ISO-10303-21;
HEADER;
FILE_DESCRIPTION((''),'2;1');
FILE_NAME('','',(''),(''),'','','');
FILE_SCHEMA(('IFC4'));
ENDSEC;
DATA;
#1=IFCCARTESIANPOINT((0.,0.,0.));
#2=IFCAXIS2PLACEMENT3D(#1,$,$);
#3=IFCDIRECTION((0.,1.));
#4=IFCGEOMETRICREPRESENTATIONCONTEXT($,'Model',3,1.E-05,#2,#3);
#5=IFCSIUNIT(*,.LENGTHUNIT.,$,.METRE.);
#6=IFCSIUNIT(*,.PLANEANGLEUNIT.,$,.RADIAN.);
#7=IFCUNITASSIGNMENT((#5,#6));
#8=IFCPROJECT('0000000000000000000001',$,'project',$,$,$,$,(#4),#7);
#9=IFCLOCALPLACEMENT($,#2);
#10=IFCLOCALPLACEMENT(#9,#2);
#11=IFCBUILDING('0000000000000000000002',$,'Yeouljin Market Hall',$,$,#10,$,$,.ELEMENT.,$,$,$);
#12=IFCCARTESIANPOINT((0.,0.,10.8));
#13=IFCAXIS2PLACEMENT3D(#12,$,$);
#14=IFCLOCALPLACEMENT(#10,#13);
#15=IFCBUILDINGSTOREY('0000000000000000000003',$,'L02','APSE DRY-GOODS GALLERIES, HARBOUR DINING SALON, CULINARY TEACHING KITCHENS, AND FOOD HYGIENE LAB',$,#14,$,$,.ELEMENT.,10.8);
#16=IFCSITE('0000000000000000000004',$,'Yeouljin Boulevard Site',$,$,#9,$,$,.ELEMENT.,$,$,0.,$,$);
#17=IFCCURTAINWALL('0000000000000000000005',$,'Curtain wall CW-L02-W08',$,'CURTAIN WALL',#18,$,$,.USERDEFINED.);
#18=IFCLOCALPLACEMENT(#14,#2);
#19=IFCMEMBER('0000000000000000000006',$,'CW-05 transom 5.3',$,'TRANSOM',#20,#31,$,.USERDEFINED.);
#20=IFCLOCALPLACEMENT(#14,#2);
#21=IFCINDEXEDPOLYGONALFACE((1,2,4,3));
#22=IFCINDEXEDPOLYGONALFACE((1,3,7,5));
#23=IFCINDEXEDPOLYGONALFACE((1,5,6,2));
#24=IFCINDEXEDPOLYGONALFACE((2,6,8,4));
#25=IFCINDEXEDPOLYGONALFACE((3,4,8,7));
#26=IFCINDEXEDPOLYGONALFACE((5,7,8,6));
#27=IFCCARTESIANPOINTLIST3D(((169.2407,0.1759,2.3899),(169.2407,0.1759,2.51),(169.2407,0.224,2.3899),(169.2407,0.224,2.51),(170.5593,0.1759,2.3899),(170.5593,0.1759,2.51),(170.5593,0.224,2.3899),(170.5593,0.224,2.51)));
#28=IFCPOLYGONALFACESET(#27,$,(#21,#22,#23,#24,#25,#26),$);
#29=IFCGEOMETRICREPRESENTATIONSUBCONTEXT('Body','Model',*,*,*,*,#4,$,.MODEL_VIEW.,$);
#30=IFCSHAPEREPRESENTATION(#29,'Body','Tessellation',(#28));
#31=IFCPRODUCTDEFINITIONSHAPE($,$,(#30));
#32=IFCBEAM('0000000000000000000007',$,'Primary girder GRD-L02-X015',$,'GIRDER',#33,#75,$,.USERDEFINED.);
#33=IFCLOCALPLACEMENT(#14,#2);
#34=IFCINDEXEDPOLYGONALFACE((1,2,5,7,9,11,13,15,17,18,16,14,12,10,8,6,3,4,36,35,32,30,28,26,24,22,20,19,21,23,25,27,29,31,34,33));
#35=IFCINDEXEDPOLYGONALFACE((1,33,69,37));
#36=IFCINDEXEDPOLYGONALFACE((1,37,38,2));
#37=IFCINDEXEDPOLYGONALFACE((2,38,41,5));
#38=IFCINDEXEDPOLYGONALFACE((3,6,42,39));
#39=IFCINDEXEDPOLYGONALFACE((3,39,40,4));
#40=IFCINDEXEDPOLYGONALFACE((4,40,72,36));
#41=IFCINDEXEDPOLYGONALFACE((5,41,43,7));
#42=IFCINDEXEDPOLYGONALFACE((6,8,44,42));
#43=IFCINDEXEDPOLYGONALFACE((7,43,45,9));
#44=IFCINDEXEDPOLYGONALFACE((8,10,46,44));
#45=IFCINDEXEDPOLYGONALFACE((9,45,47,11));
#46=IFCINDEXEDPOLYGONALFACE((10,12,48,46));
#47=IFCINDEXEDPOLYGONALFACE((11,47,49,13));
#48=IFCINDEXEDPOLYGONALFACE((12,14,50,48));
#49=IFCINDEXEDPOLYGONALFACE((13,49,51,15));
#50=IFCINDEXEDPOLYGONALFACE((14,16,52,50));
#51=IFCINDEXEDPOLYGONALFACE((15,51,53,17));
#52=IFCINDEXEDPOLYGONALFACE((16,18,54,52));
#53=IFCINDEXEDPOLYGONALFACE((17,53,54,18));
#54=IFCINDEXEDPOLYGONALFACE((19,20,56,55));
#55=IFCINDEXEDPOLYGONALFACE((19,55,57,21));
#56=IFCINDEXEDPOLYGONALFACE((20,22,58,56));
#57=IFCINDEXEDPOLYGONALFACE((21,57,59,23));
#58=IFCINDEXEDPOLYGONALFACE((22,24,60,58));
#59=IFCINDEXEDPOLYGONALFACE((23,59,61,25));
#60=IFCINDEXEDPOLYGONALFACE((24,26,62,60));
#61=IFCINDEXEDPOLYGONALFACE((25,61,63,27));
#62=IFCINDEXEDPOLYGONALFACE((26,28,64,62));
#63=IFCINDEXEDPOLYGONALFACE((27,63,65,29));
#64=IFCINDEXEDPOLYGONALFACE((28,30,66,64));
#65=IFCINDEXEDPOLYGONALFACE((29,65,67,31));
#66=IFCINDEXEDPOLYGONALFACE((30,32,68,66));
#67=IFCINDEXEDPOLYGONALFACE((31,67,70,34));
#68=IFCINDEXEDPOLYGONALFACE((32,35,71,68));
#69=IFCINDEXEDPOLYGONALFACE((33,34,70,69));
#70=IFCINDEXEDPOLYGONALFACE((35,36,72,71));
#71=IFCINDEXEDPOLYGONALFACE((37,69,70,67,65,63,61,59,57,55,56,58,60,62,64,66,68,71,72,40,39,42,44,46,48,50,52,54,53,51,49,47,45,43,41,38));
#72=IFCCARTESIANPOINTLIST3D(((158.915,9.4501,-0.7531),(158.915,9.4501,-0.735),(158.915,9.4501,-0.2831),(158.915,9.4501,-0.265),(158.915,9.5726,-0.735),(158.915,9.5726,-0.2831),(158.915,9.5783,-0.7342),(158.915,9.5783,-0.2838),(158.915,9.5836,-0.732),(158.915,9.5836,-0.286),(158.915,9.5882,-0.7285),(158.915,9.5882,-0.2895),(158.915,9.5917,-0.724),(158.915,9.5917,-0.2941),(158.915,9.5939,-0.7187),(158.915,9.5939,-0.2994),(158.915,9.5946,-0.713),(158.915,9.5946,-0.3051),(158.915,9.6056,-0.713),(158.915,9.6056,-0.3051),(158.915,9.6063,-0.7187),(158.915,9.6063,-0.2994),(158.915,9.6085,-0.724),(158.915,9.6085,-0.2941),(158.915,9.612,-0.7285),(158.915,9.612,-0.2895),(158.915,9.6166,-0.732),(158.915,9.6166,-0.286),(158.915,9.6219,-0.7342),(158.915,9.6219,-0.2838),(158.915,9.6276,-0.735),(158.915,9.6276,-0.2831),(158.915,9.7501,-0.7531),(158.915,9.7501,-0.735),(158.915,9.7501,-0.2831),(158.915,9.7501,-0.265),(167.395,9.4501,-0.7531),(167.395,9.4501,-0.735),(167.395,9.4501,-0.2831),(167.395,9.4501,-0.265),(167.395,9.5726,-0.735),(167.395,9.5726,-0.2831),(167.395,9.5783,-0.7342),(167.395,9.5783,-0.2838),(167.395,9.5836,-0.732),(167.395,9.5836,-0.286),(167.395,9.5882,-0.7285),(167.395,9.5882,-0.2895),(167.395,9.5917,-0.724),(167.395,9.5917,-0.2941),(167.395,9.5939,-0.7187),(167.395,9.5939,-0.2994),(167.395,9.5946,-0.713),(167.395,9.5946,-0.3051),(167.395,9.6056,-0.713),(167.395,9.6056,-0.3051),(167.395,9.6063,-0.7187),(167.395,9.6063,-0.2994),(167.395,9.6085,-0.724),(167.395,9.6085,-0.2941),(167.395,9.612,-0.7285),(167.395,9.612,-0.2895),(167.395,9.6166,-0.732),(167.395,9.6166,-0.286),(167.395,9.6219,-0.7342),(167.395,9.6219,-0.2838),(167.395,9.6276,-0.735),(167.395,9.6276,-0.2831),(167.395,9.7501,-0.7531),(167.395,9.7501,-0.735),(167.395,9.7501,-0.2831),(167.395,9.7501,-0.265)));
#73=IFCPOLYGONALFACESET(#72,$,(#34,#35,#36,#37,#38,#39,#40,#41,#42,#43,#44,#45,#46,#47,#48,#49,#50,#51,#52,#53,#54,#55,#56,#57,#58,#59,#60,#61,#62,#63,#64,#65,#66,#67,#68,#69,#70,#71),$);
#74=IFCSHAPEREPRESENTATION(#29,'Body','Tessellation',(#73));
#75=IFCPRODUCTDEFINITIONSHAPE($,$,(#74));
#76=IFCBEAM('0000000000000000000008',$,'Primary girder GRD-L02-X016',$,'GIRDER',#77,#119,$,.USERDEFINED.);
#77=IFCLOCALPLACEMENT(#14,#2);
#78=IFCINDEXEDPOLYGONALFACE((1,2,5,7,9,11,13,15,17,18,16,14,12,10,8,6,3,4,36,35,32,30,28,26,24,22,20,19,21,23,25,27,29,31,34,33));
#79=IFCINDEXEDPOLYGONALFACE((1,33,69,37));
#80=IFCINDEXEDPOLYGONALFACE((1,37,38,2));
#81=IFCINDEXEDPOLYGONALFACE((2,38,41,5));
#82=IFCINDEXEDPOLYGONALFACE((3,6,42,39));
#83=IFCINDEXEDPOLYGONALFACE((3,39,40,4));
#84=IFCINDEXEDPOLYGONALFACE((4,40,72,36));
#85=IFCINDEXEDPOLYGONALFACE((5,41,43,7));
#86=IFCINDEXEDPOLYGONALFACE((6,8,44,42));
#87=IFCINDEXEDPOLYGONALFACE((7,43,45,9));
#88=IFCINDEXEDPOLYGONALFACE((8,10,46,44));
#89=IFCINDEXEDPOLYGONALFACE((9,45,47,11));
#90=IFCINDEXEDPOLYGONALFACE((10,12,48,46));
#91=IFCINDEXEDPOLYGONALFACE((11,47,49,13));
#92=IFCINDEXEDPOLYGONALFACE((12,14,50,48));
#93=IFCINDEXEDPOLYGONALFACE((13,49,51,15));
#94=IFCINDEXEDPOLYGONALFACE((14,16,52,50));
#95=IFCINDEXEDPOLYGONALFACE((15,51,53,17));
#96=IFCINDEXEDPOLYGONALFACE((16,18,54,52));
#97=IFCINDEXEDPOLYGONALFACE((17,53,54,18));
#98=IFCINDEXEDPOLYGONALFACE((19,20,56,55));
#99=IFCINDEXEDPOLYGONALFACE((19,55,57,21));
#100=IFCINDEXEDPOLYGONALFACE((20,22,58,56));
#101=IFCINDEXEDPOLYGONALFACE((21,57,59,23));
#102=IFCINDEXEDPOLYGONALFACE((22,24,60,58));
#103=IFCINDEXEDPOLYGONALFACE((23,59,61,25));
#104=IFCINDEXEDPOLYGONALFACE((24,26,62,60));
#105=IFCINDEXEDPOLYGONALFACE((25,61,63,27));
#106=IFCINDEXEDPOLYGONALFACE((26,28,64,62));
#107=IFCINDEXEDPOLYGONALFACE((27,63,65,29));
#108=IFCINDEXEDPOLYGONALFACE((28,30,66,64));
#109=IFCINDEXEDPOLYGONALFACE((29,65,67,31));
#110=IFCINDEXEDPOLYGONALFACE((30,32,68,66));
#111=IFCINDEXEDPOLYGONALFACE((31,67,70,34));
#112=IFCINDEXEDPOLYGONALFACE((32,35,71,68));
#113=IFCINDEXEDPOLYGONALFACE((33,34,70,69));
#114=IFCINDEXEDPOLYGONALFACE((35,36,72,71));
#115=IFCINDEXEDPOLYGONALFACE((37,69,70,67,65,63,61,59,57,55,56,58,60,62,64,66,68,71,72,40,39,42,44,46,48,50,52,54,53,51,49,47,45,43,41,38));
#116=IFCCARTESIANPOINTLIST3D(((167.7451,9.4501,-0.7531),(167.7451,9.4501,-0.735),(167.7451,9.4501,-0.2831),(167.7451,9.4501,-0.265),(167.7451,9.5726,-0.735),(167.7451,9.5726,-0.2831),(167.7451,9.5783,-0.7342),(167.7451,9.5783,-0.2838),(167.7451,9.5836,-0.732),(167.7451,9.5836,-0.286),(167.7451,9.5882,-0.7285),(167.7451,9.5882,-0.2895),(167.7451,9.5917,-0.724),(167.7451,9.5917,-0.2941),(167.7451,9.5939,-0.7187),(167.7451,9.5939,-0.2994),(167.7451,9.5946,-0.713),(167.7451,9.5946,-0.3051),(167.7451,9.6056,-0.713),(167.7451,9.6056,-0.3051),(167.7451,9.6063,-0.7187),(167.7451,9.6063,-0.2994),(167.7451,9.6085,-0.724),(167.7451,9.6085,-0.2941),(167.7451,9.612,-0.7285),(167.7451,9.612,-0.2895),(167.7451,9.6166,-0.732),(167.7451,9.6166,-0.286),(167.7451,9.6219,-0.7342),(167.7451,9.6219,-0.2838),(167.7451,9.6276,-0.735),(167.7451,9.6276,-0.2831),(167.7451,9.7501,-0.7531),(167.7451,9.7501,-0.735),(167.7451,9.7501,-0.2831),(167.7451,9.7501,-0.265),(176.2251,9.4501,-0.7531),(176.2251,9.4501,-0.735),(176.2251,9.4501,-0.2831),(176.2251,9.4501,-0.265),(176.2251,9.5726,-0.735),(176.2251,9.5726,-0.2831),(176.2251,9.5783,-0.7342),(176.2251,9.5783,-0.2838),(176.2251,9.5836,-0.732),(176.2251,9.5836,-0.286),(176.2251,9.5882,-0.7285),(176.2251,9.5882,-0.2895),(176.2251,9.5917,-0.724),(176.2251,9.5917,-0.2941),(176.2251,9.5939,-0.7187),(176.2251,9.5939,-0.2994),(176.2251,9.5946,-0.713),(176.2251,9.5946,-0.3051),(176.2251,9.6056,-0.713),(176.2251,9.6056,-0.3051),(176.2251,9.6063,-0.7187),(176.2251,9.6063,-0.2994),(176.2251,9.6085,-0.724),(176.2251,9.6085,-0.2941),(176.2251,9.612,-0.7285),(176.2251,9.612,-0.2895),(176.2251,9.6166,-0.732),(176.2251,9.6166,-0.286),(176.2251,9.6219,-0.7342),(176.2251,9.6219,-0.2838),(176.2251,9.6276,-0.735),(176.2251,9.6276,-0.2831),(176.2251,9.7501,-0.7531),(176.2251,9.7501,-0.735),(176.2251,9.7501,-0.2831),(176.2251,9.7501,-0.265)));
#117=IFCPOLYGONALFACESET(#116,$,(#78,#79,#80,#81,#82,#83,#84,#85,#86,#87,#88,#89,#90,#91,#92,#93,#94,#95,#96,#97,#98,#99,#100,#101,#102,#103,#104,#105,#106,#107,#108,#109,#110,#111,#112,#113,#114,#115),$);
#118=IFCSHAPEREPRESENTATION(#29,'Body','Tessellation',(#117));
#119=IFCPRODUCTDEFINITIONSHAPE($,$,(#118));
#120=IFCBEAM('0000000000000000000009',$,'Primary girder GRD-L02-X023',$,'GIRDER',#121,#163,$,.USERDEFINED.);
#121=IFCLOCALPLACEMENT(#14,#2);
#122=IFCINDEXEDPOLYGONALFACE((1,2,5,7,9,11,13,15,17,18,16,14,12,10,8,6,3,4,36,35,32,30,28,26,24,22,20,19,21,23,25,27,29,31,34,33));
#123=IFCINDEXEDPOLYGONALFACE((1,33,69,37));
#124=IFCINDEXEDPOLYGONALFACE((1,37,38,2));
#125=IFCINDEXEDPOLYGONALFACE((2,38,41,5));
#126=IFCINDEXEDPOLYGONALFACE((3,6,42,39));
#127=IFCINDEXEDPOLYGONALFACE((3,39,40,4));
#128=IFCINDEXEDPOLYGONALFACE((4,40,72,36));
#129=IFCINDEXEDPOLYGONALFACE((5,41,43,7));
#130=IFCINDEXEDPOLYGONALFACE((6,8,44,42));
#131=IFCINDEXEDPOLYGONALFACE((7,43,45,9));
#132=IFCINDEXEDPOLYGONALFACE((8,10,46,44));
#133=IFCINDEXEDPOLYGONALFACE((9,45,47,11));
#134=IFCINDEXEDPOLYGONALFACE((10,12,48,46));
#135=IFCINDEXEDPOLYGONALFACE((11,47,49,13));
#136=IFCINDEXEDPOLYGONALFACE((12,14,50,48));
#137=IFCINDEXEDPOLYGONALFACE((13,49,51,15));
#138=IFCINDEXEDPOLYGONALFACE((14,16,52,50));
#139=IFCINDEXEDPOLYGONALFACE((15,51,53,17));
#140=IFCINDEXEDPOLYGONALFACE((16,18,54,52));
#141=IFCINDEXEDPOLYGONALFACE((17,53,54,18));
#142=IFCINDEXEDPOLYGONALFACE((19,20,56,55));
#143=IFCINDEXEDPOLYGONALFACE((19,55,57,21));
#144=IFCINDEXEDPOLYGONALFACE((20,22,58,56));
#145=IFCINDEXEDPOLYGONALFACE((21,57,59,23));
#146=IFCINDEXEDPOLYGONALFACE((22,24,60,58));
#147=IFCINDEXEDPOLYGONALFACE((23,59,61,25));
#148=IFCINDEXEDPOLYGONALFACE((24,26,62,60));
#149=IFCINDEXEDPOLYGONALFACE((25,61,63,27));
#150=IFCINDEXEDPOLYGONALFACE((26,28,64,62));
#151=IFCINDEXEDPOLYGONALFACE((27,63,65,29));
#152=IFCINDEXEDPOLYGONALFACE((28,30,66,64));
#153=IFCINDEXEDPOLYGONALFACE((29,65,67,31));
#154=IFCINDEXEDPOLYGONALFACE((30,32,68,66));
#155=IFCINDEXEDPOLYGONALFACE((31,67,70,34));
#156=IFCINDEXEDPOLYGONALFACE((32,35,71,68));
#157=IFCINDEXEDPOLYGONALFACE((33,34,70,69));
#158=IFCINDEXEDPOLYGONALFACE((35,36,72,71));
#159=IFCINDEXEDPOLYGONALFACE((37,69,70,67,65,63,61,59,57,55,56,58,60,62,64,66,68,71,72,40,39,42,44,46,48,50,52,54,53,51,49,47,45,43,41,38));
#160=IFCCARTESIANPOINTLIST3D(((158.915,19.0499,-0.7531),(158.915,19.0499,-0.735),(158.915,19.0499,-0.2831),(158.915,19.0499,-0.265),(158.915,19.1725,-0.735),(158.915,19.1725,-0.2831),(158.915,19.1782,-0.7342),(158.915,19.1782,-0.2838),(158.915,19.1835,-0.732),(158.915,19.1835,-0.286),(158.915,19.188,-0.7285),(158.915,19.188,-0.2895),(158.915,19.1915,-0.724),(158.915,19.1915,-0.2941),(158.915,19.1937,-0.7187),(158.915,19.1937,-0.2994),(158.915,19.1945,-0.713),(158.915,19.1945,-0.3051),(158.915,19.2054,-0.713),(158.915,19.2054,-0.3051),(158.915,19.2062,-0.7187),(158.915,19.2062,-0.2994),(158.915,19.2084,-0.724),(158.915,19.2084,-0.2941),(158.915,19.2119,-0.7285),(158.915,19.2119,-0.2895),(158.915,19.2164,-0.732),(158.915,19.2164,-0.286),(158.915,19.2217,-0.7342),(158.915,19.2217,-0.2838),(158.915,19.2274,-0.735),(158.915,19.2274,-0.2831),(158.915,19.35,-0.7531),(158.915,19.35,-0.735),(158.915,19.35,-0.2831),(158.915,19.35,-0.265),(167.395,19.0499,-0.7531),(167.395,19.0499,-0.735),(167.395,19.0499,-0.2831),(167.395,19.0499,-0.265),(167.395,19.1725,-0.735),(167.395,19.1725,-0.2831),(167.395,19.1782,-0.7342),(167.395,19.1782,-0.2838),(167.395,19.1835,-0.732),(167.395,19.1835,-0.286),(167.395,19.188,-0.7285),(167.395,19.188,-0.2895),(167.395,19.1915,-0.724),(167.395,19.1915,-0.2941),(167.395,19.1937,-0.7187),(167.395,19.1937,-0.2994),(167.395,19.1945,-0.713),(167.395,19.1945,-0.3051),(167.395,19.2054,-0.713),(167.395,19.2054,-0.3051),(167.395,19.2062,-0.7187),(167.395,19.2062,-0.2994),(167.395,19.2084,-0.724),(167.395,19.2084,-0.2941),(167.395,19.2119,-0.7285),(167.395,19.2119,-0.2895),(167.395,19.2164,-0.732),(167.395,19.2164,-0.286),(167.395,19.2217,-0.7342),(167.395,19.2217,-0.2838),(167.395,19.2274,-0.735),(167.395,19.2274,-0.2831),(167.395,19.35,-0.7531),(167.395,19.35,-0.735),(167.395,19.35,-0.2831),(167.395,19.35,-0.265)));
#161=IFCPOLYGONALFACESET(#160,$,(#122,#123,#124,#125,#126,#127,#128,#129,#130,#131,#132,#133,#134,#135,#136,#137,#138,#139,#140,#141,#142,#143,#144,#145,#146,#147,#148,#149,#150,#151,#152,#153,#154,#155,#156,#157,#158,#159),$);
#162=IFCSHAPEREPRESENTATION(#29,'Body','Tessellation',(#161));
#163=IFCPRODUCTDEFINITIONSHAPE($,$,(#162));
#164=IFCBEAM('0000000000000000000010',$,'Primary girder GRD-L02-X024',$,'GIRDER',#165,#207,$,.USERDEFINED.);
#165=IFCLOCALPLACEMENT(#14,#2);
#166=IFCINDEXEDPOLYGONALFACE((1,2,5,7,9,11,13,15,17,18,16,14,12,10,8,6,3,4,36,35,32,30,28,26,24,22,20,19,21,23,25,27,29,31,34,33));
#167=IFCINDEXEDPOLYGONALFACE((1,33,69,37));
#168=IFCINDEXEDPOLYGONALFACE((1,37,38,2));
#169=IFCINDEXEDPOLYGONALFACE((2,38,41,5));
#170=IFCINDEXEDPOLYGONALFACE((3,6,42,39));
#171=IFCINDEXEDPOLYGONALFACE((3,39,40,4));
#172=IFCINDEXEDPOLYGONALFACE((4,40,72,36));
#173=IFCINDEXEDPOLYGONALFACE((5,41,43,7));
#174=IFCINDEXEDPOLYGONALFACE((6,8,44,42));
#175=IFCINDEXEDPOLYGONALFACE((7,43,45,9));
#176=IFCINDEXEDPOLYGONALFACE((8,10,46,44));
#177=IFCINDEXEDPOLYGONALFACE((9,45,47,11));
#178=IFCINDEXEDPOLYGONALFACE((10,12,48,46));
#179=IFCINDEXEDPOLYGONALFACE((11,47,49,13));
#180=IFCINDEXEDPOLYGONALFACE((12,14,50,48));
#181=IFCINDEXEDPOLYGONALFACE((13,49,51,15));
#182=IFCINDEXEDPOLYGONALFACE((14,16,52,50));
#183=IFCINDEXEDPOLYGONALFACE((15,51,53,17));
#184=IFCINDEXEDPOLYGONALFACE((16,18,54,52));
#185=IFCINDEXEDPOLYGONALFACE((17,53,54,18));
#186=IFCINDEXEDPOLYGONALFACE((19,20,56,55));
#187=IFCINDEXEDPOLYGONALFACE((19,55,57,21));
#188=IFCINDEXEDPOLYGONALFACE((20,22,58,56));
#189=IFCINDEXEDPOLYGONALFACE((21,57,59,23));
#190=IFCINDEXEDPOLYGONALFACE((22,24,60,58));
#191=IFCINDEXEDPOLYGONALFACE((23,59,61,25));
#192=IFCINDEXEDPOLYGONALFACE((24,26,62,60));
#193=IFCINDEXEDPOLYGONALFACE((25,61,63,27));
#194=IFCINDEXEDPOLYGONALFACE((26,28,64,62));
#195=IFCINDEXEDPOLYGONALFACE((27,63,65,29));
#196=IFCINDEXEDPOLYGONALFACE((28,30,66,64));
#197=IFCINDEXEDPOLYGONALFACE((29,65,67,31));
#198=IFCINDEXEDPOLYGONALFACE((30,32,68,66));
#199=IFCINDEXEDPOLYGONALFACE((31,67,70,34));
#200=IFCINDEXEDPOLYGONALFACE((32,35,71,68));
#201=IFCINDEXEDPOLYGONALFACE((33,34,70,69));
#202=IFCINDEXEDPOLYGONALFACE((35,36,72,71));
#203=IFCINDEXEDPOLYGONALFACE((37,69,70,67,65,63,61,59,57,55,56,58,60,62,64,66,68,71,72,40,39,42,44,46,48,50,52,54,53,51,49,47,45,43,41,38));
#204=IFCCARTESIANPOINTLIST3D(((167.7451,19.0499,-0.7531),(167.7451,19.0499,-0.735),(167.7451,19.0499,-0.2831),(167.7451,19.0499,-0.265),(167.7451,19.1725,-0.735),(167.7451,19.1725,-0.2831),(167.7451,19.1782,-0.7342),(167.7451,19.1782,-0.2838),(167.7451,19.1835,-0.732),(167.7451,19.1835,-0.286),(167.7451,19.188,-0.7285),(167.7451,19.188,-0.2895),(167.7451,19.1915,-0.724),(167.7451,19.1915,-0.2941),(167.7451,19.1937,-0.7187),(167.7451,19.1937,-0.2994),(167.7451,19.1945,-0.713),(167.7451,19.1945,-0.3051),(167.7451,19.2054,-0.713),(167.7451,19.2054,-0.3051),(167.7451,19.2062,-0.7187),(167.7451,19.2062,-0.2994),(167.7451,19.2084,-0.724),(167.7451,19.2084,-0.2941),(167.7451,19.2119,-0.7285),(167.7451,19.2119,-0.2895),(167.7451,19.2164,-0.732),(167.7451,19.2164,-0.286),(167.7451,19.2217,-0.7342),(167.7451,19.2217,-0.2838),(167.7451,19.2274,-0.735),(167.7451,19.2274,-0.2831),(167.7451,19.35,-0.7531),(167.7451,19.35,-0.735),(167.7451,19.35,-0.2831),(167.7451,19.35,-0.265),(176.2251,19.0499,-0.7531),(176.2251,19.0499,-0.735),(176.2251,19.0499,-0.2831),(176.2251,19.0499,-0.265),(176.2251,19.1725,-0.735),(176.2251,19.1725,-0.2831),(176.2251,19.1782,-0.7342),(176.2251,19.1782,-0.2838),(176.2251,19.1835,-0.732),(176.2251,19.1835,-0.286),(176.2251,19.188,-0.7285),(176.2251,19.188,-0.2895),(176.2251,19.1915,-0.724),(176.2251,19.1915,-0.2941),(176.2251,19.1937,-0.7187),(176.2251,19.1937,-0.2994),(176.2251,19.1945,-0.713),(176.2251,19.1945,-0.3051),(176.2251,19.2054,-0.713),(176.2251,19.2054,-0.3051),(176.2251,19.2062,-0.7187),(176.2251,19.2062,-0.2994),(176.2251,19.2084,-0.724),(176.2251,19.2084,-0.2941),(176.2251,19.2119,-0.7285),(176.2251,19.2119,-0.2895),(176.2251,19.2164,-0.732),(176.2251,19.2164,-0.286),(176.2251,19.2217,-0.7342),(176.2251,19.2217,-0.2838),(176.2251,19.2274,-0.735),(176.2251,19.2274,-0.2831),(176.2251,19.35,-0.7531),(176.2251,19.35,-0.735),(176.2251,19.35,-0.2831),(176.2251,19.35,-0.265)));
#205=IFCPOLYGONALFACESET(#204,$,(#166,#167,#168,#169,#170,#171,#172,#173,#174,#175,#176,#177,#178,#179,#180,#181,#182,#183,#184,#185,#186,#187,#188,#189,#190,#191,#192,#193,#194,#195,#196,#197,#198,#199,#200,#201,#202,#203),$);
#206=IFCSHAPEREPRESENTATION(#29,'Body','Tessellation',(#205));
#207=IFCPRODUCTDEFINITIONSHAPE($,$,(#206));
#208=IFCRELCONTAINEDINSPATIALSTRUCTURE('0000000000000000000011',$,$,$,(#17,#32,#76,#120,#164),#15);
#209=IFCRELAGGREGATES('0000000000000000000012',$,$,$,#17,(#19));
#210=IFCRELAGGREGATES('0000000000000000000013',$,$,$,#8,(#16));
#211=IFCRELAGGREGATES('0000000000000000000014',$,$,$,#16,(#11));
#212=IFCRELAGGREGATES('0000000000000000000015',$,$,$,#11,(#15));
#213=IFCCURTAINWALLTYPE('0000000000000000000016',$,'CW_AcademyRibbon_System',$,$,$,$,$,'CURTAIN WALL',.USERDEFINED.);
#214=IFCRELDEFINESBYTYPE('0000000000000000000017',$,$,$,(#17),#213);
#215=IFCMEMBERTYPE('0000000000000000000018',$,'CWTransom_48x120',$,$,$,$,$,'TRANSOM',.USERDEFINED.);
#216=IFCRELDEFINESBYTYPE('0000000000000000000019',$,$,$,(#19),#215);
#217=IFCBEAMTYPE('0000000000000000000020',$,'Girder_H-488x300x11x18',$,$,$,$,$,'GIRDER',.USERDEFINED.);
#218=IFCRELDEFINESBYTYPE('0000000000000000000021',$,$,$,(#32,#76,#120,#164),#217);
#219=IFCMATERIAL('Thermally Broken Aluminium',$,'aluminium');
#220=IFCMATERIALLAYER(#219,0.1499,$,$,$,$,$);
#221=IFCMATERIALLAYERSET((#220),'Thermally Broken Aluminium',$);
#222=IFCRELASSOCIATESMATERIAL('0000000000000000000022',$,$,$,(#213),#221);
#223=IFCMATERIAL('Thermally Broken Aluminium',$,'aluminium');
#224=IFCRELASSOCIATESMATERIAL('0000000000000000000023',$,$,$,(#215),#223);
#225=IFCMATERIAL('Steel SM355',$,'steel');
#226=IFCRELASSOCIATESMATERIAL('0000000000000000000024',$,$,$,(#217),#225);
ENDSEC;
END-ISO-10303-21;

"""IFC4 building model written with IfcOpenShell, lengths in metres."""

from ifc_helpers import new_model, si_unit, direction, frame, origin, origin_2d, place, context, subcontext, project, spatial, rectangle, i_section, extrude, material, layer, layer_set, material_profile, profile_set, type_object, element, aggregate, save


model = new_model("IFC4")

# Units and contexts
model_context = context("Model", 3, precision=1e-05, world=origin(), true_north=direction((0.0, 1.0)))
body_context = subcontext(model_context, "Body", "Model", "MODEL_VIEW")
ifc_project = project(units=[si_unit("LENGTHUNIT", "METRE"), si_unit("PLANEANGLEUNIT", "RADIAN")], contexts=[model_context])

# Site, building, storey
site_placement = place(None, origin())
site = spatial("IfcSite", under=ifc_project, at=site_placement, Name="Yeouljin Boulevard Site", CompositionType="ELEMENT", RefElevation=0.0)
building_placement = place(site_placement, origin())
building = spatial("IfcBuilding", under=site, at=building_placement, Name="Yeouljin Market Hall", CompositionType="ELEMENT")
storey_placement = place(building_placement, frame((0.0, 0.0, 10.8)))
storey = spatial("IfcBuildingStorey", under=building, at=storey_placement, Name="L02", Description="APSE DRY-GOODS GALLERIES, HARBOUR DINING SALON, CULINARY TEACHING KITCHENS, AND FOOD HYGIENE LAB", CompositionType="ELEMENT", Elevation=10.8)

# Curtain wall, member
ifc_material_1 = material(Name="Thermally Broken Aluminium", Category="aluminium")
ifc_layer_1 = layer(ifc_material_1, 0.1499)
ifc_layer_set_1 = layer_set([ifc_layer_1], Name="Thermally Broken Aluminium")
curtain_wall_type = type_object("IfcCurtainWallType", Name="CW_AcademyRibbon_System", ElementType="CURTAIN WALL", PredefinedType="USERDEFINED", material=ifc_layer_set_1)
curtain_wall_placement = place(storey_placement, origin())
curtain_wall = element("IfcCurtainWall", 1, at=curtain_wall_placement, inside=storey, type_object=curtain_wall_type, Name="Curtain wall CW-L02-W08", ObjectType="CURTAIN WALL", PredefinedType="USERDEFINED")
ifc_material_2 = material(Name="Thermally Broken Aluminium", Category="aluminium")
ifc_material_profile_1 = material_profile(ifc_material_2, rectangle(XDim=0.0481, YDim=0.1201, at=origin_2d()), Name="CW-TRAN-48x120")
ifc_profile_set_1 = profile_set([ifc_material_profile_1], Name="Thermally Broken Aluminium")
member_type = type_object("IfcMemberType", Name="CWTransom_48x120", ElementType="TRANSOM", PredefinedType="USERDEFINED", material=ifc_profile_set_1)
member_1_placement = place(storey_placement, frame((170.5593, 0.2, 2.45), z_axis=(-1.0, 0.0, 0.0), x_axis=(0.0, -1.0, 0.0)))
member_1 = element("IfcMember", 2, at=member_1_placement, type_object=member_type, Name="CW-05 transom 5.3", ObjectType="TRANSOM", PredefinedType="USERDEFINED", context=body_context, shape_type="SweptSolid", body=[
    extrude(rectangle(XDim=0.0481, YDim=0.1201, at=origin_2d()), origin(), (0.0, 0.0, 1.0), 1.3186),
])
aggregate(curtain_wall, [member_1])

# Beams
ifc_material_3 = material(Name="Steel SM355", Category="steel")
ifc_material_profile_2 = material_profile(ifc_material_3, i_section(OverallWidth=0.3, OverallDepth=0.488, WebThickness=0.011, FlangeThickness=0.0181, FilletRadius=0.022, at=origin_2d()), Name="H-488x300x11x18")
ifc_profile_set_2 = profile_set([ifc_material_profile_2], Name="Steel SM355")
beam_type_1 = type_object("IfcBeamType", Name="Girder_H-488x300x11x18", ElementType="GIRDER", PredefinedType="USERDEFINED", material=ifc_profile_set_2)
for number, where, z_axis, x_axis, name in (
    (3, (158.915, 9.6001, -0.509), (1.0, 0.0, 0.0), (0.0, 1.0, 0.0), "Primary girder GRD-L02-X015"),
    (4, (167.7451, 9.6001, -0.509), (1.0, 0.0, 0.0), (0.0, 1.0, 0.0), "Primary girder GRD-L02-X016"),
    (5, (158.915, 19.2, -0.509), (1.0, 0.0, 0.0), (0.0, 1.0, 0.0), "Primary girder GRD-L02-X023"),
    (6, (167.7451, 19.2, -0.509), (1.0, 0.0, 0.0), (0.0, 1.0, 0.0), "Primary girder GRD-L02-X024"),
):
    element("IfcBeam", number, at=place(storey_placement, frame(where, z_axis=z_axis, x_axis=x_axis)), inside=storey, type_object=beam_type_1, Name=name, ObjectType="GIRDER", PredefinedType="USERDEFINED", context=body_context, shape_type="SweptSolid", body=[
        extrude(i_section(OverallWidth=0.3, OverallDepth=0.488, WebThickness=0.011, FlangeThickness=0.0181, FilletRadius=0.022, at=origin_2d()), origin(), (0.0, 0.0, 1.0), 8.48),
    ])

save(model, "model.ifc")
